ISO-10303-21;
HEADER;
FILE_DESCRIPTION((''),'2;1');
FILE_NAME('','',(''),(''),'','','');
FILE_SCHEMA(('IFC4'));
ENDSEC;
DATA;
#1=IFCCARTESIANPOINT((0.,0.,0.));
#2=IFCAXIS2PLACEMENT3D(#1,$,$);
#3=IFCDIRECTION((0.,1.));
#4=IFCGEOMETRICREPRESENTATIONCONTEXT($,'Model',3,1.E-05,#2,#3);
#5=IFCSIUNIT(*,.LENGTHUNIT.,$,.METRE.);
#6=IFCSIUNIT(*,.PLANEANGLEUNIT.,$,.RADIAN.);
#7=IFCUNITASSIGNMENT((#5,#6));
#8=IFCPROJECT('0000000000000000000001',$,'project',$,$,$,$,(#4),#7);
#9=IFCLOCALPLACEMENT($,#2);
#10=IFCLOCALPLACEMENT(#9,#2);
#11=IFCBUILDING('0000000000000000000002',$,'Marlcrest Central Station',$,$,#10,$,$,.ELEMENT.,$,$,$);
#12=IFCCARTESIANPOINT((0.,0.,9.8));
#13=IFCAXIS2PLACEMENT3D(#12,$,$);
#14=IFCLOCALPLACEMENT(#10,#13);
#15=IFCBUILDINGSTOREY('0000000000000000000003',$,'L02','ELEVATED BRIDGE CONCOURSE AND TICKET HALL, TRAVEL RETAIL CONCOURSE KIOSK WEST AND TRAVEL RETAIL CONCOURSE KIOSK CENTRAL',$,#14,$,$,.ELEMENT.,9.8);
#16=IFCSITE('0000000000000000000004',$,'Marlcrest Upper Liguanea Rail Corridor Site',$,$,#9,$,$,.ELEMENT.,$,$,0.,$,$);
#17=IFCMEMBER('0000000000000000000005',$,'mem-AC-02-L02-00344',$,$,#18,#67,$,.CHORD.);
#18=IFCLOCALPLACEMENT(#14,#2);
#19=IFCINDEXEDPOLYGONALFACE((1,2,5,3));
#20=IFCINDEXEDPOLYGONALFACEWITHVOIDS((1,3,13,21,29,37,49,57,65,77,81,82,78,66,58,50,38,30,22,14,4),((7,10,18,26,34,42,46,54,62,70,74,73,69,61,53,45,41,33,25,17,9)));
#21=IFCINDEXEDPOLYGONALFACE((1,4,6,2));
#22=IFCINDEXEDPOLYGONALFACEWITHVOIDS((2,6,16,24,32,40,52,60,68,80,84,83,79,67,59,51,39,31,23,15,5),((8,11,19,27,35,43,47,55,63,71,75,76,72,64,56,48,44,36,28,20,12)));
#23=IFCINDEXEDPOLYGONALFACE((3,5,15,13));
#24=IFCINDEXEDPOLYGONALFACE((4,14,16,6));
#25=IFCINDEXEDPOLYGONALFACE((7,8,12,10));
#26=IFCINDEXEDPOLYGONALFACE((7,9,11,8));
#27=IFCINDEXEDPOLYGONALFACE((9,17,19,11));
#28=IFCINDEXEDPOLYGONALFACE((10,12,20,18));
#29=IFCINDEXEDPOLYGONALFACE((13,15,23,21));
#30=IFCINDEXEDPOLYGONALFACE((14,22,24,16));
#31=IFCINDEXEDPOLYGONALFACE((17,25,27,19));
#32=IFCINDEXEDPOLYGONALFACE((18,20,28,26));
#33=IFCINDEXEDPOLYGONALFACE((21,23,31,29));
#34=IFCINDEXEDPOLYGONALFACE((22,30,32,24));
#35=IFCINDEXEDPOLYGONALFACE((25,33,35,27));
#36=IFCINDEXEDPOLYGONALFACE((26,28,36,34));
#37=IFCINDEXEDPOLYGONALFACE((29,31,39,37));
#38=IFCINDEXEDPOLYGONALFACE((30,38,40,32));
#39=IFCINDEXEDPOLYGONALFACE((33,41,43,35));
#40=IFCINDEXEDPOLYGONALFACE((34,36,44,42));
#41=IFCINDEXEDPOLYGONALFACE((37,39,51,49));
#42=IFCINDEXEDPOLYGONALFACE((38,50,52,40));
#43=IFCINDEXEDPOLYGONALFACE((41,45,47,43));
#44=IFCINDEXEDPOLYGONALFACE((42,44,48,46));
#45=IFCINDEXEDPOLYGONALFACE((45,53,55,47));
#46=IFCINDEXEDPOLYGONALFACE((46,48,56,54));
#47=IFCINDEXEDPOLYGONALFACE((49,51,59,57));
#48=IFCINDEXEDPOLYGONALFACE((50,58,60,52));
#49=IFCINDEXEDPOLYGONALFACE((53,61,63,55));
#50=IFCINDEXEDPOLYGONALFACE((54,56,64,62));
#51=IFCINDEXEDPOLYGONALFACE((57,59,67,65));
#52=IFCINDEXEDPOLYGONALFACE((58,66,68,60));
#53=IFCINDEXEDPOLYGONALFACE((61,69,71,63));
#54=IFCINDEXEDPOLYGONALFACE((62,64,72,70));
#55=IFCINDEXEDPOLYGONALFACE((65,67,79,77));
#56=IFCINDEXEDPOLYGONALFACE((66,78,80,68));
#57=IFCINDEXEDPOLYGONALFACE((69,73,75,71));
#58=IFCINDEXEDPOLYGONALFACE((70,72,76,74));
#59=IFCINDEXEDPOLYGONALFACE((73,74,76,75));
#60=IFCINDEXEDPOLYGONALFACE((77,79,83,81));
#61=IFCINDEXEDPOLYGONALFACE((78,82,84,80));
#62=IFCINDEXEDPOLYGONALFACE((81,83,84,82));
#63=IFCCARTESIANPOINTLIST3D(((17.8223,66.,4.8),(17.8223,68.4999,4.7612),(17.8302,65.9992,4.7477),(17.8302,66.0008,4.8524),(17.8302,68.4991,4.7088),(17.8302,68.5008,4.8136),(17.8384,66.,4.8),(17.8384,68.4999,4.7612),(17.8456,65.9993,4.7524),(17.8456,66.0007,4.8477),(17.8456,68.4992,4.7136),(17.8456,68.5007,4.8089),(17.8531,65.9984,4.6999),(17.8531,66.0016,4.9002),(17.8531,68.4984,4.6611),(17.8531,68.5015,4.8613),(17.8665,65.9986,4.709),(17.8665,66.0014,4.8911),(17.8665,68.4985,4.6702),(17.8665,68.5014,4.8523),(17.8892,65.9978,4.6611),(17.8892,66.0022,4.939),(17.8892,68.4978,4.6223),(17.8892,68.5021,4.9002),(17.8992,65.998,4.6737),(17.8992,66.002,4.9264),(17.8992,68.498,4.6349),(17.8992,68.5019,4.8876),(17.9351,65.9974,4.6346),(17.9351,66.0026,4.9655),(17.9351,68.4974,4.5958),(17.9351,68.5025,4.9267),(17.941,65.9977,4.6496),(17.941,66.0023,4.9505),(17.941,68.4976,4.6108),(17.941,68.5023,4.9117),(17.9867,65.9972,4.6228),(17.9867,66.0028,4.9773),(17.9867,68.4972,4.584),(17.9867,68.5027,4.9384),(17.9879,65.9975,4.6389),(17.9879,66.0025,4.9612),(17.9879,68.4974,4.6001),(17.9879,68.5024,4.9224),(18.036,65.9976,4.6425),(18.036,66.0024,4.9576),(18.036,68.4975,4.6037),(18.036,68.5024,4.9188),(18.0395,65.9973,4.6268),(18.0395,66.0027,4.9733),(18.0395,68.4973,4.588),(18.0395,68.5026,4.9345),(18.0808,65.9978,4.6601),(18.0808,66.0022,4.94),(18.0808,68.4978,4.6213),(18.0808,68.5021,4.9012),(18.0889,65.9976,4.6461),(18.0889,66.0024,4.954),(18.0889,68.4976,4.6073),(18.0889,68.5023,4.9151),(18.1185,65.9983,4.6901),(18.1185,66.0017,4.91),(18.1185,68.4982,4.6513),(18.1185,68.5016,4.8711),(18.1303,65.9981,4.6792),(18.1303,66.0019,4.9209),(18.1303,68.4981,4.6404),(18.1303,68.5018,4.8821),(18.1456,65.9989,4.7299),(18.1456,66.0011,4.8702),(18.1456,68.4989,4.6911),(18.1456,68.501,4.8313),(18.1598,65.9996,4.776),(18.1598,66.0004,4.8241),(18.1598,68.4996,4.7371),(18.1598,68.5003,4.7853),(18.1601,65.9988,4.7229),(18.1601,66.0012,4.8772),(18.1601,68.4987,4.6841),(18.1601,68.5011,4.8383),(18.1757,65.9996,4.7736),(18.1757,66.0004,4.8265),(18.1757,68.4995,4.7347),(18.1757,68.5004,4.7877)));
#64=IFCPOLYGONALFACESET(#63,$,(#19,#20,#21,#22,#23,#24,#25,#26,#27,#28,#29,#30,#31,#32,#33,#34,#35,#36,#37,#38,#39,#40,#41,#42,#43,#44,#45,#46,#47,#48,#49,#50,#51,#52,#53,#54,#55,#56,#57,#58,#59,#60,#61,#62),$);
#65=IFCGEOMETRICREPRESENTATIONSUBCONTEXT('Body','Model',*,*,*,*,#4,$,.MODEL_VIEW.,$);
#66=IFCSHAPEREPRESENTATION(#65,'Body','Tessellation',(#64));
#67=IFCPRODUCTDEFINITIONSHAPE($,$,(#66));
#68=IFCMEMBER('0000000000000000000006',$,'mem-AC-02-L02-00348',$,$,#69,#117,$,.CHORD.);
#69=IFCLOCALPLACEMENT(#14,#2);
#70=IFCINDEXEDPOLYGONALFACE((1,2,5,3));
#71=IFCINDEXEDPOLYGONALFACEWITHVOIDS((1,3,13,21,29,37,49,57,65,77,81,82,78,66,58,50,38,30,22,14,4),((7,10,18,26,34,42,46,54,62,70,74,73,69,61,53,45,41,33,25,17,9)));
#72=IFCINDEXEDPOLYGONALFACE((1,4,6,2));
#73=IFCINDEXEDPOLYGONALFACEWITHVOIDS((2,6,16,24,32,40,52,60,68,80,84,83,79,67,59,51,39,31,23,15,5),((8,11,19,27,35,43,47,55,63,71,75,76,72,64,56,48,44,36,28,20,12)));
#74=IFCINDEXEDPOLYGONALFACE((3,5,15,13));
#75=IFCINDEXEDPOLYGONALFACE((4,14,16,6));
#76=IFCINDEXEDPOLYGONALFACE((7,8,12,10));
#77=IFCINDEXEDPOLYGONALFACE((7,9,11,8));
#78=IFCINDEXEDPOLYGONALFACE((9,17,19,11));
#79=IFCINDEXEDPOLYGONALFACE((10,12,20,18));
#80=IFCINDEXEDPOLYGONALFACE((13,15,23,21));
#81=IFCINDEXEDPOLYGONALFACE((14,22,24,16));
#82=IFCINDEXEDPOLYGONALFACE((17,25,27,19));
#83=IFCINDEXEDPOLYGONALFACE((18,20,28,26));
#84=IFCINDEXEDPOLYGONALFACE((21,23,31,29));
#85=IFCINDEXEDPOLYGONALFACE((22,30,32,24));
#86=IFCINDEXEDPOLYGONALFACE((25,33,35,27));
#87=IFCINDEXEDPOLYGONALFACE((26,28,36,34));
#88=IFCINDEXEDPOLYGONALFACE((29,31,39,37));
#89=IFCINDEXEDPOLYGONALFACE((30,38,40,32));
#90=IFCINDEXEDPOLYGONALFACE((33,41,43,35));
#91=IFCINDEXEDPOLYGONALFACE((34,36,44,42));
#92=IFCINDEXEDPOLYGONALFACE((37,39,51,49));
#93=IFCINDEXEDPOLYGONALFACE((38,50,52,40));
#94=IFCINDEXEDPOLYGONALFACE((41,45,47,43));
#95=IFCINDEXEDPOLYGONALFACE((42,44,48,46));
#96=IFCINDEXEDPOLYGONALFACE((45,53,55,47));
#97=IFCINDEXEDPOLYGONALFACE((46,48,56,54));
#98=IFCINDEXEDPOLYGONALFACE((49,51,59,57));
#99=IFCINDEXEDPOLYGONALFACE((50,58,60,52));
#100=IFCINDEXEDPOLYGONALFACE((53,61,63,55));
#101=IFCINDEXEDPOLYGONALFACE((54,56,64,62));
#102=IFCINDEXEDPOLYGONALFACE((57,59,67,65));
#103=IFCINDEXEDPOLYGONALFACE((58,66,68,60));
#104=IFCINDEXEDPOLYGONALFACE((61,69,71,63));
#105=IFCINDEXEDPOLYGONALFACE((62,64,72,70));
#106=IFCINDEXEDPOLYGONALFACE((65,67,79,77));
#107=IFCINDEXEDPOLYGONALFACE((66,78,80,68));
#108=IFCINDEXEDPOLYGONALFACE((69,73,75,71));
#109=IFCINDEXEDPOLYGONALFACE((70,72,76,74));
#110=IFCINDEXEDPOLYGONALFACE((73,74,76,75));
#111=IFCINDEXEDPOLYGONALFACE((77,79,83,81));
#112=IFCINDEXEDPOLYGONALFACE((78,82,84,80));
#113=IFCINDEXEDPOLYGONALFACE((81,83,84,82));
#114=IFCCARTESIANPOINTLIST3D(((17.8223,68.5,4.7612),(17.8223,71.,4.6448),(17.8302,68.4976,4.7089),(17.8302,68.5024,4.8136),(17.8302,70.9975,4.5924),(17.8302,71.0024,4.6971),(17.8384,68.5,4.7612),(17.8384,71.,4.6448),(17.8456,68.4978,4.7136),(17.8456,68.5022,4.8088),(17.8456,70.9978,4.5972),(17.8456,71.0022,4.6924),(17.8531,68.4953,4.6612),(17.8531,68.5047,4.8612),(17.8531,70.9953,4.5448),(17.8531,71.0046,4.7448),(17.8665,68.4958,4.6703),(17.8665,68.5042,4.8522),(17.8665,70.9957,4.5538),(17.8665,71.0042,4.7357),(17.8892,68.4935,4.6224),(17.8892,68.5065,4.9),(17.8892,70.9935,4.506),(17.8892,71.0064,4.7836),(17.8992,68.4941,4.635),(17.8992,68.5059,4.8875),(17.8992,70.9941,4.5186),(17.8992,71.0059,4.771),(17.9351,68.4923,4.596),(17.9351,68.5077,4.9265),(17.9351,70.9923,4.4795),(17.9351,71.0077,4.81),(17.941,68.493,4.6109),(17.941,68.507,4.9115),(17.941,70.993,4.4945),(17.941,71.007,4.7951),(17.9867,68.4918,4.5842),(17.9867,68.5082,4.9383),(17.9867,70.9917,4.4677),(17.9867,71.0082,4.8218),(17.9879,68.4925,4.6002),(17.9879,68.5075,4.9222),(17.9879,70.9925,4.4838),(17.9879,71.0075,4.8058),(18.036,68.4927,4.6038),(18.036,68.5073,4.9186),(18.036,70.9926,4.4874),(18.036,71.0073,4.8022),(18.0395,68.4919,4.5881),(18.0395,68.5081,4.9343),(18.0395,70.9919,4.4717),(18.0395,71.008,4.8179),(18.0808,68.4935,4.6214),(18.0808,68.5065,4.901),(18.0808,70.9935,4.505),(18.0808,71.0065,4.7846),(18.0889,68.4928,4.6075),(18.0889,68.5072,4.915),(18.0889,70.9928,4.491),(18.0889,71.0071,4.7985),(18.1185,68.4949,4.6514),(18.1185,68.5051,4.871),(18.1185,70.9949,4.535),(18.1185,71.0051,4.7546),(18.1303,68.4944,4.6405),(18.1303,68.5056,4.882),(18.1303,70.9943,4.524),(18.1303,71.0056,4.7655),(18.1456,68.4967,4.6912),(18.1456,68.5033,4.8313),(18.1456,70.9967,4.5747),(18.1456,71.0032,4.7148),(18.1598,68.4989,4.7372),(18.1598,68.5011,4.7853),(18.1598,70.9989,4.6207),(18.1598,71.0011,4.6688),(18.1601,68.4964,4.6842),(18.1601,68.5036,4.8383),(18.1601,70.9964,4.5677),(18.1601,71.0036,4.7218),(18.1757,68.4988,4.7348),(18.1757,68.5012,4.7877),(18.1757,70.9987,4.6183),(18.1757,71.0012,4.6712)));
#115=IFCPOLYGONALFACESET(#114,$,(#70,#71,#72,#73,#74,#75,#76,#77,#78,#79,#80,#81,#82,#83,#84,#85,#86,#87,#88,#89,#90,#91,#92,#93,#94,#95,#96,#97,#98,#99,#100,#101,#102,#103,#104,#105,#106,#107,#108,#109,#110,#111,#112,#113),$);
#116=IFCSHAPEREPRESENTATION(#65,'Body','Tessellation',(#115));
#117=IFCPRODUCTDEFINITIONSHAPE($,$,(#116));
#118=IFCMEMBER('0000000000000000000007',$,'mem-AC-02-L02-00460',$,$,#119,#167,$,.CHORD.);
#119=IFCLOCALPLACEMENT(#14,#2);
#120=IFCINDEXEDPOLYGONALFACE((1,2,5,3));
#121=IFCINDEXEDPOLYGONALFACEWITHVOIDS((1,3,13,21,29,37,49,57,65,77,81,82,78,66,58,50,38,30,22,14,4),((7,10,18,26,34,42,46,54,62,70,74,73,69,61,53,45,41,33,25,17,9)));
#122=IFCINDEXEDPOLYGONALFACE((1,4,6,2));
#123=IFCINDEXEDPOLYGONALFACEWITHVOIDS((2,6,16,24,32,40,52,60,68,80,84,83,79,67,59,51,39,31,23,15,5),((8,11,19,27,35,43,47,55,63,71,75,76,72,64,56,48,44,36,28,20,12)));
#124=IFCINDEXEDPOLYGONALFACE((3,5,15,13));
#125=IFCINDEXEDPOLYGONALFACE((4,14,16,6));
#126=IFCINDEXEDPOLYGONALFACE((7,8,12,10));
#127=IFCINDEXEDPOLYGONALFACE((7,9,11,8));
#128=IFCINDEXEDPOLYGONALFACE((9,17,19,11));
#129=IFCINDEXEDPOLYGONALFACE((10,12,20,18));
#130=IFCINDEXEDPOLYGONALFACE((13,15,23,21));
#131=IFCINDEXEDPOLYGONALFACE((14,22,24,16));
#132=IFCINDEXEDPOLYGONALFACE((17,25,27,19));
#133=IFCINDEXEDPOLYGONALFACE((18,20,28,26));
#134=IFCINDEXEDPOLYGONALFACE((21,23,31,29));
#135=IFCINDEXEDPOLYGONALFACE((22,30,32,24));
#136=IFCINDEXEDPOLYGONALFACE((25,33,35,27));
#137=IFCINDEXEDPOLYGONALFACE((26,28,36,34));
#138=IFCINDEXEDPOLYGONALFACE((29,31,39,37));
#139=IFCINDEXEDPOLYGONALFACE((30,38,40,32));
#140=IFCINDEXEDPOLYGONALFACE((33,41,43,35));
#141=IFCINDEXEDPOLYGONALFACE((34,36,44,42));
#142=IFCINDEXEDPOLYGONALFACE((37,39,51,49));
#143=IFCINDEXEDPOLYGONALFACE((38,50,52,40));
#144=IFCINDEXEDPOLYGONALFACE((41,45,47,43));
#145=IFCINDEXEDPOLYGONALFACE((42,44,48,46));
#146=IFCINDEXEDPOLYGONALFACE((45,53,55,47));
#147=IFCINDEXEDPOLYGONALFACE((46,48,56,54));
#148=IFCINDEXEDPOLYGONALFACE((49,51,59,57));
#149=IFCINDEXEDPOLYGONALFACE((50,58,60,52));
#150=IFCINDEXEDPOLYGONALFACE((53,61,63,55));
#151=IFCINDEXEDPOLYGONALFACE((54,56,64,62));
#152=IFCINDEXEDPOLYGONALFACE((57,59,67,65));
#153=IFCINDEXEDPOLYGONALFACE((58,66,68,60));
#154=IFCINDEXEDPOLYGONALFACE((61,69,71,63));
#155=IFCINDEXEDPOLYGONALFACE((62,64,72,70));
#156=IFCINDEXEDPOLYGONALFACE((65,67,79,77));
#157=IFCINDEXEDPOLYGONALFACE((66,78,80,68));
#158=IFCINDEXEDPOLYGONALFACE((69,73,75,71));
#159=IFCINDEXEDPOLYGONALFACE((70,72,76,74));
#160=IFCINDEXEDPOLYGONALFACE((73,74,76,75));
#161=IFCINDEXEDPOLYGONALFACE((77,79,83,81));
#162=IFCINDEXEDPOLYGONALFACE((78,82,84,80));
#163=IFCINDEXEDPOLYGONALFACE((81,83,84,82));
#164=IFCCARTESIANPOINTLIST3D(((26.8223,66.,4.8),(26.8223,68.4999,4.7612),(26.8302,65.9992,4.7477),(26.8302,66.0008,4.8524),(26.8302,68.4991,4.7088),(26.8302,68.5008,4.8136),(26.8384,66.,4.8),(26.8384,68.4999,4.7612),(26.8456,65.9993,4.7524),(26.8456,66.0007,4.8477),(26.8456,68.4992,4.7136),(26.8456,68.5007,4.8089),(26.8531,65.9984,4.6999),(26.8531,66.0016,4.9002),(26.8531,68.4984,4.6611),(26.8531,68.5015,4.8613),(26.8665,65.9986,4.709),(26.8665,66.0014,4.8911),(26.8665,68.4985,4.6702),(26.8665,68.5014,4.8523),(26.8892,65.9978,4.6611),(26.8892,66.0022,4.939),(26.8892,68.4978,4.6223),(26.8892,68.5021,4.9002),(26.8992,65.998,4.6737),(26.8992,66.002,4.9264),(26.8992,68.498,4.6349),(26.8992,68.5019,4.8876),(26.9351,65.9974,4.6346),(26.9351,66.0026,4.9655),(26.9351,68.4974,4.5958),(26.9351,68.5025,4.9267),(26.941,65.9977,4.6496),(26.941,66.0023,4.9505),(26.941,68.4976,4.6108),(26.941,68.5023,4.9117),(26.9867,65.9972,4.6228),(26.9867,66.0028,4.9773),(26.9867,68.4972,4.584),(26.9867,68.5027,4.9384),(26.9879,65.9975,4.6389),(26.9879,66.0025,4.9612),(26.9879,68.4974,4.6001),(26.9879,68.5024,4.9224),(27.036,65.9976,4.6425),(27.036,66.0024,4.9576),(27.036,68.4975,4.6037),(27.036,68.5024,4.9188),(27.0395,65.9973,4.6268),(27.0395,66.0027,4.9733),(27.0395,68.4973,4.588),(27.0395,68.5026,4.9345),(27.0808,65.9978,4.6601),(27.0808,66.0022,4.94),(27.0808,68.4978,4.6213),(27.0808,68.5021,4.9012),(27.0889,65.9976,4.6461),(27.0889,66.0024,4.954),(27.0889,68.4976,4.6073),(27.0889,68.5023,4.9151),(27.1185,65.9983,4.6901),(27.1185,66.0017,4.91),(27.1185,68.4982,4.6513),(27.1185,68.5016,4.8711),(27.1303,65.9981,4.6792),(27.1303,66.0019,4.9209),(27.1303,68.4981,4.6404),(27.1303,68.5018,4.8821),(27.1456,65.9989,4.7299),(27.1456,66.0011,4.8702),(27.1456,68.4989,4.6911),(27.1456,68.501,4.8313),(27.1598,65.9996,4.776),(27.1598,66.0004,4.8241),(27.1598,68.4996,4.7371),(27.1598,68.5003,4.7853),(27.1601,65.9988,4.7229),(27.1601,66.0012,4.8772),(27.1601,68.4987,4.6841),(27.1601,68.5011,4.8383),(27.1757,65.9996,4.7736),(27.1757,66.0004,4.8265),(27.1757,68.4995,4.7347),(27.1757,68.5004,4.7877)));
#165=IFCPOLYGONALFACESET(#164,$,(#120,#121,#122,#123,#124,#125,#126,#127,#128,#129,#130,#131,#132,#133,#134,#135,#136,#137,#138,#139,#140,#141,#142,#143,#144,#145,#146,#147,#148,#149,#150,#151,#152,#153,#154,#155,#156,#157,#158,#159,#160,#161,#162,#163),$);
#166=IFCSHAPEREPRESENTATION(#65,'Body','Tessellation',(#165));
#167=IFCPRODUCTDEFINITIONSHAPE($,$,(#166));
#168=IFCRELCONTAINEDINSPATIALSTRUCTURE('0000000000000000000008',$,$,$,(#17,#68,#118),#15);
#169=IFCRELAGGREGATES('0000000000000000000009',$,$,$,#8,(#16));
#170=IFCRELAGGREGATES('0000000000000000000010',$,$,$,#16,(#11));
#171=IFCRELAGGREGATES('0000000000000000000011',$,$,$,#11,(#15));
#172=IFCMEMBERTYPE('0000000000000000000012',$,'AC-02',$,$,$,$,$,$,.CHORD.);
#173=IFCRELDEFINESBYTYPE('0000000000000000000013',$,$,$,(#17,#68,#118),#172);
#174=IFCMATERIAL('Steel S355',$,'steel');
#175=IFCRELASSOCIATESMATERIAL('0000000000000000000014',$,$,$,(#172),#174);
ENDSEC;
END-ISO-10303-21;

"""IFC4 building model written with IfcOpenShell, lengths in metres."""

from ifc_helpers import new_model, si_unit, direction, frame, origin, origin_2d, place, context, subcontext, project, spatial, hollow_circle, extrude, material, material_profile, profile_set, type_object, element, save


model = new_model("IFC4")

# Units and contexts
model_context = context("Model", 3, precision=1e-05, world=origin(), true_north=direction((0.0, 1.0)))
body_context = subcontext(model_context, "Body", "Model", "MODEL_VIEW")
ifc_project = project(units=[si_unit("LENGTHUNIT", "METRE"), si_unit("PLANEANGLEUNIT", "RADIAN")], contexts=[model_context])

# Site, building, storey
site_placement = place(None, origin())
site = spatial("IfcSite", under=ifc_project, at=site_placement, Name="Marlcrest Upper Liguanea Rail Corridor Site", CompositionType="ELEMENT", RefElevation=0.0)
building_placement = place(site_placement, origin())
building = spatial("IfcBuilding", under=site, at=building_placement, Name="Marlcrest Central Station", CompositionType="ELEMENT")
storey_placement = place(building_placement, frame((0.0, 0.0, 9.8)))
storey = spatial("IfcBuildingStorey", under=building, at=storey_placement, Name="L02", Description="ELEVATED BRIDGE CONCOURSE AND TICKET HALL, TRAVEL RETAIL CONCOURSE KIOSK WEST AND TRAVEL RETAIL CONCOURSE KIOSK CENTRAL", CompositionType="ELEMENT", Elevation=9.8)

# Members
ifc_material = material(Name="Steel S355", Category="steel")
ifc_material_profile_1 = material_profile(ifc_material, hollow_circle(Radius=0.1777, WallThickness=0.0161, at=origin_2d()), Name="CHS 355.6x16")
ifc_profile_set_1 = profile_set([ifc_material_profile_1], Name="Steel S355")
member_type_1 = type_object("IfcMemberType", Name="AC-02", PredefinedType="CHORD", material=ifc_profile_set_1)
member_1_placement = place(storey_placement, frame((18.0, 66.0, 4.8), z_axis=(0.0, 0.999879, -0.015525), x_axis=(-1.0, 0.0, 0.0)))
element("IfcMember", 1, at=member_1_placement, inside=storey, type_object=member_type_1, Name="mem-AC-02-L02-00344", PredefinedType="CHORD", context=body_context, shape_type="SweptSolid", body=[
    extrude(hollow_circle(Radius=0.1777, WallThickness=0.0161, at=origin_2d()), origin(), (0.0, 0.0, 1.0), 2.5002),
])
member_2_placement = place(storey_placement, frame((18.0, 68.5, 4.7612), z_axis=(0.0, 0.998917, -0.046532), x_axis=(-1.0, 0.0, 0.0)))
element("IfcMember", 2, at=member_2_placement, inside=storey, type_object=member_type_1, Name="mem-AC-02-L02-00348", PredefinedType="CHORD", context=body_context, shape_type="SweptSolid", body=[
    extrude(hollow_circle(Radius=0.1777, WallThickness=0.0161, at=origin_2d()), origin(), (0.0, 0.0, 1.0), 2.5027),
])
member_3_placement = place(storey_placement, frame((27.0, 66.0, 4.8), z_axis=(0.0, 0.999879, -0.015525), x_axis=(-1.0, 0.0, 0.0)))
element("IfcMember", 3, at=member_3_placement, inside=storey, type_object=member_type_1, Name="mem-AC-02-L02-00460", PredefinedType="CHORD", context=body_context, shape_type="SweptSolid", body=[
    extrude(hollow_circle(Radius=0.1777, WallThickness=0.0161, at=origin_2d()), origin(), (0.0, 0.0, 1.0), 2.5002),
])

save(model, "model.ifc")
